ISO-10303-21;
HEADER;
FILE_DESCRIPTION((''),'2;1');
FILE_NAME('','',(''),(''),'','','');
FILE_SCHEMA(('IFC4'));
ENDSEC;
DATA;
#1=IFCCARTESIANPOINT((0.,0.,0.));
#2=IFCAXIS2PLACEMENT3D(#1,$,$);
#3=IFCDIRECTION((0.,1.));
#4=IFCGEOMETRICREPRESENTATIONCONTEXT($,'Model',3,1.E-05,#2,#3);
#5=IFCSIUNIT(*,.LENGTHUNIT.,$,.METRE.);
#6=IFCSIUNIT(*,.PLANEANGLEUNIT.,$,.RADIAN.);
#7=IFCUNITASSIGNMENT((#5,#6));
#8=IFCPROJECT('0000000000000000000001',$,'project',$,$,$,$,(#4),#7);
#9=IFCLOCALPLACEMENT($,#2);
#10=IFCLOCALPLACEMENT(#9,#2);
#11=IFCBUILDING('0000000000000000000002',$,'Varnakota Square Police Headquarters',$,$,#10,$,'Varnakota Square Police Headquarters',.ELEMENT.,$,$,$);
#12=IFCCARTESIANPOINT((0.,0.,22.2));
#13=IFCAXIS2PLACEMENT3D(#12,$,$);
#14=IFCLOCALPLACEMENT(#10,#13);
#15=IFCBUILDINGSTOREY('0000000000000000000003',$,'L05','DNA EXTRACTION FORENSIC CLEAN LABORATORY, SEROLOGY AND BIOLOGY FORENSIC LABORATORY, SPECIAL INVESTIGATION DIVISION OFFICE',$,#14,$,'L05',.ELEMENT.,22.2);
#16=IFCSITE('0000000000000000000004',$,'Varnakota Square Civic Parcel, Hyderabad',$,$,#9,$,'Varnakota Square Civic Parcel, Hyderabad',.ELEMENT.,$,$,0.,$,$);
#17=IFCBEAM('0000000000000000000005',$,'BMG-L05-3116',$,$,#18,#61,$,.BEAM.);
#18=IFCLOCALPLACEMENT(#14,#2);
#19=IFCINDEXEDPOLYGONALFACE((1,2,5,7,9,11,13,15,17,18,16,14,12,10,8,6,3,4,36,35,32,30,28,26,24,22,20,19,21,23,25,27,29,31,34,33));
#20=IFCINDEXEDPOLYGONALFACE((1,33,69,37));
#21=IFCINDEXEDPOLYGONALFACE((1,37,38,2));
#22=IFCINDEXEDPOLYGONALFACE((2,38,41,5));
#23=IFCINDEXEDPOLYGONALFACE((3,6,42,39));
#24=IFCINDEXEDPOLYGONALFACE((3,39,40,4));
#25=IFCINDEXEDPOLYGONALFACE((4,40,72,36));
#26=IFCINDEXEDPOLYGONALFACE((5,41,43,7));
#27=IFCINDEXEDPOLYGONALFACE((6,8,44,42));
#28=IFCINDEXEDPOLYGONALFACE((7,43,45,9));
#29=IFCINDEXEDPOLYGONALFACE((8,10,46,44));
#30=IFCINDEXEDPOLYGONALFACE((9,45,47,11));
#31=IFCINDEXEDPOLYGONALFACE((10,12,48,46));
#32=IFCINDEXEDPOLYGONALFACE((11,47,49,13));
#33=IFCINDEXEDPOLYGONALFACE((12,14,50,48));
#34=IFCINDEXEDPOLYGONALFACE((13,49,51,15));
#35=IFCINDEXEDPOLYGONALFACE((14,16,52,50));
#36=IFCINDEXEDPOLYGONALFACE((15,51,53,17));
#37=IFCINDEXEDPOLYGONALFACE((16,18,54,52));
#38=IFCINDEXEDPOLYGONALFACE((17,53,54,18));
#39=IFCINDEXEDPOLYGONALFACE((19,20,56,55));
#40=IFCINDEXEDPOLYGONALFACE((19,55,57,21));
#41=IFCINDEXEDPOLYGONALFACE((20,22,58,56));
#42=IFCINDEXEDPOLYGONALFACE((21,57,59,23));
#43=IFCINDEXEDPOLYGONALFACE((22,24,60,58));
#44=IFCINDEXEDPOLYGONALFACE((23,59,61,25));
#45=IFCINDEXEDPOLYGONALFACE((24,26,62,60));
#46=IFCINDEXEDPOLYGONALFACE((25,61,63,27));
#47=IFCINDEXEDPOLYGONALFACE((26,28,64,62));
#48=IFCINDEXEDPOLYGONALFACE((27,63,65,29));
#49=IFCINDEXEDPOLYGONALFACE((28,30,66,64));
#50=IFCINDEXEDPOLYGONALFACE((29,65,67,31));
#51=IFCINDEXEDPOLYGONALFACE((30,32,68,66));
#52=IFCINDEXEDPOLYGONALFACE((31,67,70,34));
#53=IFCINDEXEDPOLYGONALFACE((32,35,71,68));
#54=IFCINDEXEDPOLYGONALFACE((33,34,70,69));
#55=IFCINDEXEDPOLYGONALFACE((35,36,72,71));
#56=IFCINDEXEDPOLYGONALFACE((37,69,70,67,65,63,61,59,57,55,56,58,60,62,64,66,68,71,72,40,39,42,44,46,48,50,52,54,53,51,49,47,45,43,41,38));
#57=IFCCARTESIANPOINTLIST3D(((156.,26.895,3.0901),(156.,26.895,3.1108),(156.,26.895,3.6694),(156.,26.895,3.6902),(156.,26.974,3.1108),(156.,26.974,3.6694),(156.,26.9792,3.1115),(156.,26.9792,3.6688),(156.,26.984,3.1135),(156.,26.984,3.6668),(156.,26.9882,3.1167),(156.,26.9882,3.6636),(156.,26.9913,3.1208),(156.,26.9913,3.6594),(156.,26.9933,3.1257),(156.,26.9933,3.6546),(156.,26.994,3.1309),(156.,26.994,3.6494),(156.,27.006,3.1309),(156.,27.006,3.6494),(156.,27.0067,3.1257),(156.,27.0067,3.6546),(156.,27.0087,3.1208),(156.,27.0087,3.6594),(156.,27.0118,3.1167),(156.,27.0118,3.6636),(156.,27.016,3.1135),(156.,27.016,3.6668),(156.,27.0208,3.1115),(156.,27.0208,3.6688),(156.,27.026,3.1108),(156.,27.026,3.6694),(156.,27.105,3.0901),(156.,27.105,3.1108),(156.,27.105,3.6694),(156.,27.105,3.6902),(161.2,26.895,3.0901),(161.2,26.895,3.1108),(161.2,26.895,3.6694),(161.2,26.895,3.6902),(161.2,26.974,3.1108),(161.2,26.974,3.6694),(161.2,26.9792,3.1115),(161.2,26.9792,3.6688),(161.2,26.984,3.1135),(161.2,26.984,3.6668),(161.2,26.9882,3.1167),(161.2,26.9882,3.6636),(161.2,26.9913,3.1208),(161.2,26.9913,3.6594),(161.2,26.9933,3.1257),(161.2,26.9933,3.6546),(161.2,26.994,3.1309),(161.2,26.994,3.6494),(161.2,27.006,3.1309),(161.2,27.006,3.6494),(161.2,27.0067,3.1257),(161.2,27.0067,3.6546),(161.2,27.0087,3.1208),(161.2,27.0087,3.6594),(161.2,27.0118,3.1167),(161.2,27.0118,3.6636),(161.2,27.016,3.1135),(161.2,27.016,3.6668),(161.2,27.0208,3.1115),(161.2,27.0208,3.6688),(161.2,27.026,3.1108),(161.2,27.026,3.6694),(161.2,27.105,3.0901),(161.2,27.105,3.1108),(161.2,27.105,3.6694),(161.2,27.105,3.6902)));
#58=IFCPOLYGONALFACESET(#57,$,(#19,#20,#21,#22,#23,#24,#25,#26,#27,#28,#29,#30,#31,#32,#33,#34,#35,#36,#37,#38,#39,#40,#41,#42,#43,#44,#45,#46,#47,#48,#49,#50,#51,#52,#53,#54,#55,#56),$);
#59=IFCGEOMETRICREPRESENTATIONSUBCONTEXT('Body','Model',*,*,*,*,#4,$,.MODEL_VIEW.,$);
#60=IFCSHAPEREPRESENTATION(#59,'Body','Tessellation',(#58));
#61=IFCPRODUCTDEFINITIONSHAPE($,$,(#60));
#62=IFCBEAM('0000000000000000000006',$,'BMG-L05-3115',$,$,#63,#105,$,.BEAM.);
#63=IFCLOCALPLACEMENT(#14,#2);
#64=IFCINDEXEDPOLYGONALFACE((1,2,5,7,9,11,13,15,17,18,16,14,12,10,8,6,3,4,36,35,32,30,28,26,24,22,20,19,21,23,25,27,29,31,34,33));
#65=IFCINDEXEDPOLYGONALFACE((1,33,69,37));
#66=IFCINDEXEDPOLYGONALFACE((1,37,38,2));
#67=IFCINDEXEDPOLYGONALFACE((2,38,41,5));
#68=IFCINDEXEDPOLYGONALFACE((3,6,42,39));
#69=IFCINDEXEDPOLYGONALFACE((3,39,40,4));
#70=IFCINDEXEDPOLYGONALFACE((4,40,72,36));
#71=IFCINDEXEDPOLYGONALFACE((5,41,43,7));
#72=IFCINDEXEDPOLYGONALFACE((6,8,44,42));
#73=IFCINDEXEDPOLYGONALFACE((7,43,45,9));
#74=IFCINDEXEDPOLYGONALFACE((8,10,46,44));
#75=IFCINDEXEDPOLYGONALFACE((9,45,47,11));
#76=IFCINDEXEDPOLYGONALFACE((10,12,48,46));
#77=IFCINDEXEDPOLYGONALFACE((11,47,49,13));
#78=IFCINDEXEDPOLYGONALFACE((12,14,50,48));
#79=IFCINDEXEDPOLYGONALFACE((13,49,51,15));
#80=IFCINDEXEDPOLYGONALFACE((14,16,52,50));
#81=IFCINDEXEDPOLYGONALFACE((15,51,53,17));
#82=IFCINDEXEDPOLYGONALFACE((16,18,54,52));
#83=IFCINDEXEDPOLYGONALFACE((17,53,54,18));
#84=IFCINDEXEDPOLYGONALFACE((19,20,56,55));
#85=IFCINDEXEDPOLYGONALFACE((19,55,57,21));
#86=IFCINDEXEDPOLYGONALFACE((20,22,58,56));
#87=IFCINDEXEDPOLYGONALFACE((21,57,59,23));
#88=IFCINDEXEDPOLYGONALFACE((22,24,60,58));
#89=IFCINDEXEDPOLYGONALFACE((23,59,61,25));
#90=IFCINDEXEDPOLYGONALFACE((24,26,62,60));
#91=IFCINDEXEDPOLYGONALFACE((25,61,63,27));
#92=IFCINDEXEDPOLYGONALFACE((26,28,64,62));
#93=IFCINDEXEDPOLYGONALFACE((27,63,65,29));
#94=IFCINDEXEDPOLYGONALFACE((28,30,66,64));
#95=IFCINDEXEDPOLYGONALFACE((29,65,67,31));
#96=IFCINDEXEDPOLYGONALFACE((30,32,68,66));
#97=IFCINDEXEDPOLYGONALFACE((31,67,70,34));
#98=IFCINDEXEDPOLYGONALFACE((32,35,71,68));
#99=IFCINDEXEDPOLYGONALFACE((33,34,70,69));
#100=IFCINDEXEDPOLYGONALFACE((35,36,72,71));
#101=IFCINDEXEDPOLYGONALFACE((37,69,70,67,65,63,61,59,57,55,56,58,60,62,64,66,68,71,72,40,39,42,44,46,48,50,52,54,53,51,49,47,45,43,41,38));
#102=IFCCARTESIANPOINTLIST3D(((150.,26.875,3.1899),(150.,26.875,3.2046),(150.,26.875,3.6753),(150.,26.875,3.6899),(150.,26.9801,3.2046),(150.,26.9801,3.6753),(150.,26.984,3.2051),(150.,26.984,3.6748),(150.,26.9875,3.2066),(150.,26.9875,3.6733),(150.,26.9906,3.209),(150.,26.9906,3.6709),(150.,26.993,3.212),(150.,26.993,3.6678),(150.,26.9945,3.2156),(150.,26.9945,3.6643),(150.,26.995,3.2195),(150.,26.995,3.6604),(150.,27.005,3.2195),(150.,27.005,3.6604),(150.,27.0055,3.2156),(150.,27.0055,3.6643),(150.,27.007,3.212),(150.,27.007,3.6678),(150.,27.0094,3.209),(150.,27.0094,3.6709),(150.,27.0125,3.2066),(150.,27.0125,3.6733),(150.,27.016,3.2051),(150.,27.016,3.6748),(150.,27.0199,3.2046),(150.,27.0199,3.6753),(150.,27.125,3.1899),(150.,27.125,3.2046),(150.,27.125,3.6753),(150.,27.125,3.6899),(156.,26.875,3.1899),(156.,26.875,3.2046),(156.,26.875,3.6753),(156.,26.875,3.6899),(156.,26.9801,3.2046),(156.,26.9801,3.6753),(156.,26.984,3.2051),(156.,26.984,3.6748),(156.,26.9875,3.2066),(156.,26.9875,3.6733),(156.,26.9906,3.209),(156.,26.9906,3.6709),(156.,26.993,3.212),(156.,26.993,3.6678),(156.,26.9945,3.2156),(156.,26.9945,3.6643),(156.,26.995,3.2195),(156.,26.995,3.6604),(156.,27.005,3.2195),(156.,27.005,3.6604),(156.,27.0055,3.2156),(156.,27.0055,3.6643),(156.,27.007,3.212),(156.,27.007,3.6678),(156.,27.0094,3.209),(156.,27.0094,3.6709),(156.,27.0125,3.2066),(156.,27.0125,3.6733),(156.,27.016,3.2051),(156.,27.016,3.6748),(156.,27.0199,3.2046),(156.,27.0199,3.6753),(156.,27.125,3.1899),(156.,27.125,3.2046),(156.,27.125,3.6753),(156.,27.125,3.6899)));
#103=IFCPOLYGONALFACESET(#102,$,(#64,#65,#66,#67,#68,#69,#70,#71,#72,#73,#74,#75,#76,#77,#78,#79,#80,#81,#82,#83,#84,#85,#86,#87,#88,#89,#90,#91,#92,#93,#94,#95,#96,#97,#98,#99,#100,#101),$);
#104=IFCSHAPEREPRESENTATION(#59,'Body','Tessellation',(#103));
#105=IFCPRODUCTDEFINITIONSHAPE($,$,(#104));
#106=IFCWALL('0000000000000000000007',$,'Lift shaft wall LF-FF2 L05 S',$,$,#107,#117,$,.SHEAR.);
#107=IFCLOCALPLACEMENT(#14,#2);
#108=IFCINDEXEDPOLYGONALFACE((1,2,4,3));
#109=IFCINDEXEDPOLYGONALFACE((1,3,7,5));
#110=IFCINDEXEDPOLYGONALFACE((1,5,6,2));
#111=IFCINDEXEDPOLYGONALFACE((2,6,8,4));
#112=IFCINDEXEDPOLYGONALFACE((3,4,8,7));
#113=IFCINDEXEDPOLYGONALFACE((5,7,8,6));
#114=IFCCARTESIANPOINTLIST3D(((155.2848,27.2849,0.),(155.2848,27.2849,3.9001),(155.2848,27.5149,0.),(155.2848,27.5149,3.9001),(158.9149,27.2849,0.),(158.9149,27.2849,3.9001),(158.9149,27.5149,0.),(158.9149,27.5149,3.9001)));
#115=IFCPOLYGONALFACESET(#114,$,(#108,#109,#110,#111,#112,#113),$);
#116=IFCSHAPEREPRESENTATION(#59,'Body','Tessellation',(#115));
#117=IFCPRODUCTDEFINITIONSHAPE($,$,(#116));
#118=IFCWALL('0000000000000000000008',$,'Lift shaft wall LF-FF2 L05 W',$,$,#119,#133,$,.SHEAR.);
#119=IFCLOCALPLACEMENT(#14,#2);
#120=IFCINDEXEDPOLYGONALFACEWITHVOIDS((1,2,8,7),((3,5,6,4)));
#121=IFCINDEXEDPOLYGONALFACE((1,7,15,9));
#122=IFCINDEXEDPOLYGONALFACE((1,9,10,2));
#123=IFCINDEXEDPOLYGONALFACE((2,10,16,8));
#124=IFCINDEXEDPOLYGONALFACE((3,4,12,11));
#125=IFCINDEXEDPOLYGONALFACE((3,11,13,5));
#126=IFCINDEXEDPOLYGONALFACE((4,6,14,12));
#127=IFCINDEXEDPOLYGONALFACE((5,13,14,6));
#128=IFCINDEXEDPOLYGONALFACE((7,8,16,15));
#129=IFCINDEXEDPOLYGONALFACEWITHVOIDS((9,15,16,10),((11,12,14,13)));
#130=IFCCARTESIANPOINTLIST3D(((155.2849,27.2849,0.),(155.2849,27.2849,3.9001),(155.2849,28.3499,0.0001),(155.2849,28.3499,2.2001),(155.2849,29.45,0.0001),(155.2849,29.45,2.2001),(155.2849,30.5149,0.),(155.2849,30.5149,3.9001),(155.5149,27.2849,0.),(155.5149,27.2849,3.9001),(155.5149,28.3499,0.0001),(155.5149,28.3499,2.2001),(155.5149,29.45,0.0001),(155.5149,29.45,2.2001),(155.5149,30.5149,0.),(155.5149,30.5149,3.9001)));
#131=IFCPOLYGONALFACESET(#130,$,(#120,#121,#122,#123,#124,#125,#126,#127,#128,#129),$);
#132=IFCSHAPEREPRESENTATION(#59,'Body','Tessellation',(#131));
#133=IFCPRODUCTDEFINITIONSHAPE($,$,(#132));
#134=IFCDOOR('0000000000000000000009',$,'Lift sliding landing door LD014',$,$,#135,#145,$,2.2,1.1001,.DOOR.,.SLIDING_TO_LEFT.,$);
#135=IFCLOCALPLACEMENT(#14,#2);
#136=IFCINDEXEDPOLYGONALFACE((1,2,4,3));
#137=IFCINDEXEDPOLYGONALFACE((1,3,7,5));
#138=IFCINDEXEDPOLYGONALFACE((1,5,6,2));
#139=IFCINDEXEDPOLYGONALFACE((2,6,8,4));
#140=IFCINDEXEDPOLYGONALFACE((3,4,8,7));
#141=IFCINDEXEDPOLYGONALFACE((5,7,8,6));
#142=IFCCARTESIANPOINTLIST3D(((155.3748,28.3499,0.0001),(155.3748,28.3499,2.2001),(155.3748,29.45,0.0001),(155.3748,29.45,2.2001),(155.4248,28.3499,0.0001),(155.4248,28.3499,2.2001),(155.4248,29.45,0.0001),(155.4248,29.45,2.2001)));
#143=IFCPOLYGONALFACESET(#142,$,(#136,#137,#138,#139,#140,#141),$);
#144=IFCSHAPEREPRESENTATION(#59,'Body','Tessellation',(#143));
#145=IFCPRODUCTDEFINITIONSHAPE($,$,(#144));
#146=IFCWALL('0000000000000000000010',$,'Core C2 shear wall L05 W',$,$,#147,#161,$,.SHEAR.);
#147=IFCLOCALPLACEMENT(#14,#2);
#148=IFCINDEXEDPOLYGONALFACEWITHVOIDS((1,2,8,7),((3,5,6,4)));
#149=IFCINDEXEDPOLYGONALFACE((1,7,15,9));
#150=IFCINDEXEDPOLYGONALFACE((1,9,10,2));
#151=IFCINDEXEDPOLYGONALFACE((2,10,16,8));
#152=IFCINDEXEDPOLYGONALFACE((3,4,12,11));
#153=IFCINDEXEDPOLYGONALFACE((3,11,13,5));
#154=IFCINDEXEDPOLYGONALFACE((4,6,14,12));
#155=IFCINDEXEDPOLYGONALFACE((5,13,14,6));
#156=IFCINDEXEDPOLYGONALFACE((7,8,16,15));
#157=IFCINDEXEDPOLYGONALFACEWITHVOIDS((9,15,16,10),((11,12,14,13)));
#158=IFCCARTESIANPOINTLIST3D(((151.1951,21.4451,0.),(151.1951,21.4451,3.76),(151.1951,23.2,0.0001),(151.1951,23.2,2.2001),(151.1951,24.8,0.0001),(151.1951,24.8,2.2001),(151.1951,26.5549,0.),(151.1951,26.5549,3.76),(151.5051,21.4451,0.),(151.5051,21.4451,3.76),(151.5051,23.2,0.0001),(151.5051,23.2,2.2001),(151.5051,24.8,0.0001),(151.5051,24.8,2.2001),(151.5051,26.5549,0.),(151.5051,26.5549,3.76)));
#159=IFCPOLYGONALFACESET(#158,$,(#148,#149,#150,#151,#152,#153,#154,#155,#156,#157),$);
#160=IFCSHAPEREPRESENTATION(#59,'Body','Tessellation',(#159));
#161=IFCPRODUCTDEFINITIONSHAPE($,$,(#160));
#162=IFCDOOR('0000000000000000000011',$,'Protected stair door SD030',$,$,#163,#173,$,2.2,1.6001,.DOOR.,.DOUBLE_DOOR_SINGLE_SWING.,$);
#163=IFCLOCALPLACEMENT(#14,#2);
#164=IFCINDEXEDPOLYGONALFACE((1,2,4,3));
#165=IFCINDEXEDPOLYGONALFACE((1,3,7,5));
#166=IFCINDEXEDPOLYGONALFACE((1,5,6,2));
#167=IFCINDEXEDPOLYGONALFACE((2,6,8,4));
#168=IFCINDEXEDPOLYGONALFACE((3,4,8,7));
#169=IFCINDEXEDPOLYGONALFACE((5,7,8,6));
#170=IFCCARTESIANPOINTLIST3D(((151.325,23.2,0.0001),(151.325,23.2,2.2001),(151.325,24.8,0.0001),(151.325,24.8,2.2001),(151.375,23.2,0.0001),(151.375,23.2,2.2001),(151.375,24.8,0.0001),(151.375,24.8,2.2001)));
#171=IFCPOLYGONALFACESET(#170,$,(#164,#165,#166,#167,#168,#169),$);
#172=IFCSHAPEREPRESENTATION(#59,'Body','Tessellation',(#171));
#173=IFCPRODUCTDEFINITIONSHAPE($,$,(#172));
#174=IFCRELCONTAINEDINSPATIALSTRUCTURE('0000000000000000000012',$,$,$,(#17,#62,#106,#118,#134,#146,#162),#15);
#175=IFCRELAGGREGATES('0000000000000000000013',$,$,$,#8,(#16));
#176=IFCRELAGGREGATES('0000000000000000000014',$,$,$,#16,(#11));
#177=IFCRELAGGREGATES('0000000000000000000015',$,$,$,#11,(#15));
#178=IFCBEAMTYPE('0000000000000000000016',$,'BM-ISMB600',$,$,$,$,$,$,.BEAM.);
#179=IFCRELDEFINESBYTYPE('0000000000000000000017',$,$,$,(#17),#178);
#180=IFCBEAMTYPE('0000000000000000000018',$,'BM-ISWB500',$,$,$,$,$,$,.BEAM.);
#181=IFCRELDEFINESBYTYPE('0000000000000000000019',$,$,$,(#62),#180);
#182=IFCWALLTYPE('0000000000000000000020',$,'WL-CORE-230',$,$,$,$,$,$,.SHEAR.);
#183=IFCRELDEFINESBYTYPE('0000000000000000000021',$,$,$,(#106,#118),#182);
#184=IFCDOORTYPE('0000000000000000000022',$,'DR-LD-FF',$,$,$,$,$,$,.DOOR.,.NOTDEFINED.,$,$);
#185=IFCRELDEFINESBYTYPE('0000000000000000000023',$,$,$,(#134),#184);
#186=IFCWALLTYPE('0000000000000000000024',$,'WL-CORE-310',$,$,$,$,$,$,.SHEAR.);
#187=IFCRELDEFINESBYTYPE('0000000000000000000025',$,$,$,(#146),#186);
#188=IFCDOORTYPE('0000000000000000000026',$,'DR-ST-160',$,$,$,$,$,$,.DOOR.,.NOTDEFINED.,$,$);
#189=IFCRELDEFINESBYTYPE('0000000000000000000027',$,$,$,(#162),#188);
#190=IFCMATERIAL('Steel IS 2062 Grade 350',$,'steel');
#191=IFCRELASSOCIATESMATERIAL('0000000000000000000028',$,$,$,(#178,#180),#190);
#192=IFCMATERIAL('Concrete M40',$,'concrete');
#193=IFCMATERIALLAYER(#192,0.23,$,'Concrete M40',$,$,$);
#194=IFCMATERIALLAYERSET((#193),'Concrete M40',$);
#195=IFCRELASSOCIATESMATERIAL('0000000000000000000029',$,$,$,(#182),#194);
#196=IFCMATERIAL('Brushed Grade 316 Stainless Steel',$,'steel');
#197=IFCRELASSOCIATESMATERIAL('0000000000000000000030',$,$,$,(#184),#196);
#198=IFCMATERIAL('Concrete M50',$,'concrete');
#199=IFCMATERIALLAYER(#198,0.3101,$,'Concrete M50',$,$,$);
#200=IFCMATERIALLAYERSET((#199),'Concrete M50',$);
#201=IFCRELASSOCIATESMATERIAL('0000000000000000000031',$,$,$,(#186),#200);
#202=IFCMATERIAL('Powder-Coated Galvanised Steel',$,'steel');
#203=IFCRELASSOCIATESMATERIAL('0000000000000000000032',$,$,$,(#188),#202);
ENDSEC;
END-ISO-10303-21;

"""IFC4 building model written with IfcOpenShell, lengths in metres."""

from ifc_helpers import new_model, si_unit, direction, frame, frame_2d, origin, origin_2d, place, context, subcontext, project, spatial, rectangle, i_section, extrude, material, layer, layer_set, material_profile, profile_set, type_object, element, fill, save


model = new_model("IFC4")

# Units and contexts
model_context = context("Model", 3, precision=1e-05, world=origin(), true_north=direction((0.0, 1.0)))
body_context = subcontext(model_context, "Body", "Model", "MODEL_VIEW")
ifc_project = project(units=[si_unit("LENGTHUNIT", "METRE"), si_unit("PLANEANGLEUNIT", "RADIAN")], contexts=[model_context])

# Site, building, storey
site_placement = place(None, origin())
site = spatial("IfcSite", under=ifc_project, at=site_placement, Name="Varnakota Square Civic Parcel, Hyderabad", LongName="Varnakota Square Civic Parcel, Hyderabad", CompositionType="ELEMENT", RefElevation=0.0)
building_placement = place(site_placement, origin())
building = spatial("IfcBuilding", under=site, at=building_placement, Name="Varnakota Square Police Headquarters", LongName="Varnakota Square Police Headquarters", CompositionType="ELEMENT")
storey_placement = place(building_placement, frame((0.0, 0.0, 22.2)))
storey = spatial("IfcBuildingStorey", under=building, at=storey_placement, Name="L05", Description="DNA EXTRACTION FORENSIC CLEAN LABORATORY, SEROLOGY AND BIOLOGY FORENSIC LABORATORY, SPECIAL INVESTIGATION DIVISION OFFICE", LongName="L05", CompositionType="ELEMENT", Elevation=22.2)

# Shared definitions
ifc_material_1 = material(Name="Steel IS 2062 Grade 350", Category="steel")

# Beams
ifc_material_profile_1 = material_profile(ifc_material_1, i_section(OverallWidth=0.21, OverallDepth=0.6001, WebThickness=0.012, FlangeThickness=0.0208, FilletRadius=0.02, at=origin_2d()), Name="ISMB 600")
ifc_profile_set_1 = profile_set([ifc_material_profile_1], Name="Steel IS 2062 Grade 350")
beam_type_1 = type_object("IfcBeamType", Name="BM-ISMB600", PredefinedType="BEAM", material=ifc_profile_set_1)
beam_1_placement = place(storey_placement, frame((156.0, 27.0, 3.3901), z_axis=(1.0, 0.0, 0.0), x_axis=(0.0, 1.0, 0.0)))
element("IfcBeam", 1, at=beam_1_placement, inside=storey, type_object=beam_type_1, Name="BMG-L05-3116", PredefinedType="BEAM", context=body_context, shape_type="SweptSolid", body=[
    extrude(i_section(OverallWidth=0.21, OverallDepth=0.6001, WebThickness=0.012, FlangeThickness=0.0208, FilletRadius=0.02, at=origin_2d()), origin(), (0.0, 0.0, 1.0), 5.2),
])
ifc_material_profile_2 = material_profile(ifc_material_1, i_section(OverallWidth=0.25, OverallDepth=0.5, WebThickness=0.01, FlangeThickness=0.0146, FilletRadius=0.0149, at=origin_2d()), Name="ISWB 500")
ifc_profile_set_2 = profile_set([ifc_material_profile_2], Name="Steel IS 2062 Grade 350")
beam_type_2 = type_object("IfcBeamType", Name="BM-ISWB500", PredefinedType="BEAM", material=ifc_profile_set_2)
beam_2_placement = place(storey_placement, frame((150.0, 27.0, 3.4399), z_axis=(1.0, 0.0, 0.0), x_axis=(0.0, 1.0, 0.0)))
element("IfcBeam", 2, at=beam_2_placement, inside=storey, type_object=beam_type_2, Name="BMG-L05-3115", PredefinedType="BEAM", context=body_context, shape_type="SweptSolid", body=[
    extrude(i_section(OverallWidth=0.25, OverallDepth=0.5, WebThickness=0.01, FlangeThickness=0.0146, FilletRadius=0.0149, at=origin_2d()), origin(), (0.0, 0.0, 1.0), 6.0),
])

# Wall
ifc_material_2 = material(Name="Concrete M40", Category="concrete")
ifc_layer_1 = layer(ifc_material_2, 0.23, Name="Concrete M40")
ifc_layer_set_1 = layer_set([ifc_layer_1], Name="Concrete M40")
wall_type_1 = type_object("IfcWallType", Name="WL-CORE-230", PredefinedType="SHEAR", material=ifc_layer_set_1)
wall_1_placement = place(storey_placement, frame((155.2849, 27.3999, 0.0), z_axis=(0.0, 0.0, 1.0), x_axis=(1.0, 0.0, 0.0)))
element("IfcWall", 3, at=wall_1_placement, inside=storey, type_object=wall_type_1, Name="Lift shaft wall LF-FF2 L05 S", PredefinedType="SHEAR", context=body_context, shape_type="SweptSolid", body=[
    extrude(rectangle(XDim=3.6301, YDim=0.23, at=frame_2d((1.8149, 0.0))), origin(), (0.0, 0.0, 1.0), 3.9001),
])

# Walls, openings, doors
wall_2_placement = place(storey_placement, frame((155.3999, 30.5149, 0.0), z_axis=(0.0, 0.0, 1.0), x_axis=(0.0, -1.0, 0.0)))
wall_2 = element("IfcWall", 4, at=wall_2_placement, inside=storey, type_object=wall_type_1, Name="Lift shaft wall LF-FF2 L05 W", PredefinedType="SHEAR", context=body_context, shape_type="SweptSolid", body=[
    extrude(rectangle(XDim=3.23, YDim=0.23, at=frame_2d((1.615, 0.0))), origin(), (0.0, 0.0, 1.0), 3.9001),
])
opening_1_placement = place(wall_2_placement, frame((1.0649, 0.0, 0.0)))
opening_1 = element("IfcOpeningElement", 5, at=opening_1_placement, cuts=wall_2, PredefinedType="OPENING", context=body_context, shape_type="SweptSolid", body=[
    extrude(rectangle(XDim=1.1001, YDim=2.2, at=frame_2d((0.55, 1.1001))), frame((0.0, 0.125, 0.0), z_axis=(0.0, -1.0, 0.0), x_axis=(1.0, 0.0, 0.0)), (0.0, 0.0, 1.0), 0.25),
])
ifc_material_3 = material(Name="Brushed Grade 316 Stainless Steel", Category="steel")
door_type_1 = type_object("IfcDoorType", Name="DR-LD-FF", OperationType="NOTDEFINED", PredefinedType="DOOR", material=ifc_material_3)
door_1_placement = place(opening_1_placement, origin())
door_1 = element("IfcDoor", 6, at=door_1_placement, inside=storey, type_object=door_type_1, Name="Lift sliding landing door LD014", OperationType="SLIDING_TO_LEFT", OverallHeight=2.2, OverallWidth=1.1001, PredefinedType="DOOR", context=body_context, shape_type="SweptSolid", body=[
    extrude(rectangle(XDim=1.1001, YDim=2.2, at=frame_2d((0.55, 1.1001))), frame((0.0, 0.0249, 0.0), z_axis=(0.0, -1.0, 0.0), x_axis=(1.0, 0.0, 0.0)), (0.0, 0.0, 1.0), 0.05),
])
fill(opening_1, door_1)
ifc_material_4 = material(Name="Concrete M50", Category="concrete")
ifc_layer_2 = layer(ifc_material_4, 0.3101, Name="Concrete M50")
ifc_layer_set_2 = layer_set([ifc_layer_2], Name="Concrete M50")
wall_type_2 = type_object("IfcWallType", Name="WL-CORE-310", PredefinedType="SHEAR", material=ifc_layer_set_2)
wall_3_placement = place(storey_placement, frame((151.3501, 26.5549, 0.0), z_axis=(0.0, 0.0, 1.0), x_axis=(0.0, -1.0, 0.0)))
wall_3 = element("IfcWall", 7, at=wall_3_placement, inside=storey, type_object=wall_type_2, Name="Core C2 shear wall L05 W", PredefinedType="SHEAR", context=body_context, shape_type="SweptSolid", body=[
    extrude(rectangle(XDim=5.1099, YDim=0.3101, at=frame_2d((2.5549, 0.0))), origin(), (0.0, 0.0, 1.0), 3.76),
])
opening_2_placement = place(wall_3_placement, frame((1.7549, 0.0, 0.0)))
opening_2 = element("IfcOpeningElement", 8, at=opening_2_placement, cuts=wall_3, PredefinedType="OPENING", context=body_context, shape_type="SweptSolid", body=[
    extrude(rectangle(XDim=1.6001, YDim=2.2, at=frame_2d((0.8, 1.1001))), frame((0.0, 0.165, 0.0), z_axis=(0.0, -1.0, 0.0), x_axis=(1.0, 0.0, 0.0)), (0.0, 0.0, 1.0), 0.3301),
])
ifc_material_5 = material(Name="Powder-Coated Galvanised Steel", Category="steel")
door_type_2 = type_object("IfcDoorType", Name="DR-ST-160", OperationType="NOTDEFINED", PredefinedType="DOOR", material=ifc_material_5)
door_2_placement = place(opening_2_placement, origin())
door_2 = element("IfcDoor", 9, at=door_2_placement, inside=storey, type_object=door_type_2, Name="Protected stair door SD030", OperationType="DOUBLE_DOOR_SINGLE_SWING", OverallHeight=2.2, OverallWidth=1.6001, PredefinedType="DOOR", context=body_context, shape_type="SweptSolid", body=[
    extrude(rectangle(XDim=1.6001, YDim=2.2, at=frame_2d((0.8, 1.1001))), frame((0.0, 0.0249, 0.0), z_axis=(0.0, -1.0, 0.0), x_axis=(1.0, 0.0, 0.0)), (0.0, 0.0, 1.0), 0.05),
])
fill(opening_2, door_2)

save(model, "model.ifc")
